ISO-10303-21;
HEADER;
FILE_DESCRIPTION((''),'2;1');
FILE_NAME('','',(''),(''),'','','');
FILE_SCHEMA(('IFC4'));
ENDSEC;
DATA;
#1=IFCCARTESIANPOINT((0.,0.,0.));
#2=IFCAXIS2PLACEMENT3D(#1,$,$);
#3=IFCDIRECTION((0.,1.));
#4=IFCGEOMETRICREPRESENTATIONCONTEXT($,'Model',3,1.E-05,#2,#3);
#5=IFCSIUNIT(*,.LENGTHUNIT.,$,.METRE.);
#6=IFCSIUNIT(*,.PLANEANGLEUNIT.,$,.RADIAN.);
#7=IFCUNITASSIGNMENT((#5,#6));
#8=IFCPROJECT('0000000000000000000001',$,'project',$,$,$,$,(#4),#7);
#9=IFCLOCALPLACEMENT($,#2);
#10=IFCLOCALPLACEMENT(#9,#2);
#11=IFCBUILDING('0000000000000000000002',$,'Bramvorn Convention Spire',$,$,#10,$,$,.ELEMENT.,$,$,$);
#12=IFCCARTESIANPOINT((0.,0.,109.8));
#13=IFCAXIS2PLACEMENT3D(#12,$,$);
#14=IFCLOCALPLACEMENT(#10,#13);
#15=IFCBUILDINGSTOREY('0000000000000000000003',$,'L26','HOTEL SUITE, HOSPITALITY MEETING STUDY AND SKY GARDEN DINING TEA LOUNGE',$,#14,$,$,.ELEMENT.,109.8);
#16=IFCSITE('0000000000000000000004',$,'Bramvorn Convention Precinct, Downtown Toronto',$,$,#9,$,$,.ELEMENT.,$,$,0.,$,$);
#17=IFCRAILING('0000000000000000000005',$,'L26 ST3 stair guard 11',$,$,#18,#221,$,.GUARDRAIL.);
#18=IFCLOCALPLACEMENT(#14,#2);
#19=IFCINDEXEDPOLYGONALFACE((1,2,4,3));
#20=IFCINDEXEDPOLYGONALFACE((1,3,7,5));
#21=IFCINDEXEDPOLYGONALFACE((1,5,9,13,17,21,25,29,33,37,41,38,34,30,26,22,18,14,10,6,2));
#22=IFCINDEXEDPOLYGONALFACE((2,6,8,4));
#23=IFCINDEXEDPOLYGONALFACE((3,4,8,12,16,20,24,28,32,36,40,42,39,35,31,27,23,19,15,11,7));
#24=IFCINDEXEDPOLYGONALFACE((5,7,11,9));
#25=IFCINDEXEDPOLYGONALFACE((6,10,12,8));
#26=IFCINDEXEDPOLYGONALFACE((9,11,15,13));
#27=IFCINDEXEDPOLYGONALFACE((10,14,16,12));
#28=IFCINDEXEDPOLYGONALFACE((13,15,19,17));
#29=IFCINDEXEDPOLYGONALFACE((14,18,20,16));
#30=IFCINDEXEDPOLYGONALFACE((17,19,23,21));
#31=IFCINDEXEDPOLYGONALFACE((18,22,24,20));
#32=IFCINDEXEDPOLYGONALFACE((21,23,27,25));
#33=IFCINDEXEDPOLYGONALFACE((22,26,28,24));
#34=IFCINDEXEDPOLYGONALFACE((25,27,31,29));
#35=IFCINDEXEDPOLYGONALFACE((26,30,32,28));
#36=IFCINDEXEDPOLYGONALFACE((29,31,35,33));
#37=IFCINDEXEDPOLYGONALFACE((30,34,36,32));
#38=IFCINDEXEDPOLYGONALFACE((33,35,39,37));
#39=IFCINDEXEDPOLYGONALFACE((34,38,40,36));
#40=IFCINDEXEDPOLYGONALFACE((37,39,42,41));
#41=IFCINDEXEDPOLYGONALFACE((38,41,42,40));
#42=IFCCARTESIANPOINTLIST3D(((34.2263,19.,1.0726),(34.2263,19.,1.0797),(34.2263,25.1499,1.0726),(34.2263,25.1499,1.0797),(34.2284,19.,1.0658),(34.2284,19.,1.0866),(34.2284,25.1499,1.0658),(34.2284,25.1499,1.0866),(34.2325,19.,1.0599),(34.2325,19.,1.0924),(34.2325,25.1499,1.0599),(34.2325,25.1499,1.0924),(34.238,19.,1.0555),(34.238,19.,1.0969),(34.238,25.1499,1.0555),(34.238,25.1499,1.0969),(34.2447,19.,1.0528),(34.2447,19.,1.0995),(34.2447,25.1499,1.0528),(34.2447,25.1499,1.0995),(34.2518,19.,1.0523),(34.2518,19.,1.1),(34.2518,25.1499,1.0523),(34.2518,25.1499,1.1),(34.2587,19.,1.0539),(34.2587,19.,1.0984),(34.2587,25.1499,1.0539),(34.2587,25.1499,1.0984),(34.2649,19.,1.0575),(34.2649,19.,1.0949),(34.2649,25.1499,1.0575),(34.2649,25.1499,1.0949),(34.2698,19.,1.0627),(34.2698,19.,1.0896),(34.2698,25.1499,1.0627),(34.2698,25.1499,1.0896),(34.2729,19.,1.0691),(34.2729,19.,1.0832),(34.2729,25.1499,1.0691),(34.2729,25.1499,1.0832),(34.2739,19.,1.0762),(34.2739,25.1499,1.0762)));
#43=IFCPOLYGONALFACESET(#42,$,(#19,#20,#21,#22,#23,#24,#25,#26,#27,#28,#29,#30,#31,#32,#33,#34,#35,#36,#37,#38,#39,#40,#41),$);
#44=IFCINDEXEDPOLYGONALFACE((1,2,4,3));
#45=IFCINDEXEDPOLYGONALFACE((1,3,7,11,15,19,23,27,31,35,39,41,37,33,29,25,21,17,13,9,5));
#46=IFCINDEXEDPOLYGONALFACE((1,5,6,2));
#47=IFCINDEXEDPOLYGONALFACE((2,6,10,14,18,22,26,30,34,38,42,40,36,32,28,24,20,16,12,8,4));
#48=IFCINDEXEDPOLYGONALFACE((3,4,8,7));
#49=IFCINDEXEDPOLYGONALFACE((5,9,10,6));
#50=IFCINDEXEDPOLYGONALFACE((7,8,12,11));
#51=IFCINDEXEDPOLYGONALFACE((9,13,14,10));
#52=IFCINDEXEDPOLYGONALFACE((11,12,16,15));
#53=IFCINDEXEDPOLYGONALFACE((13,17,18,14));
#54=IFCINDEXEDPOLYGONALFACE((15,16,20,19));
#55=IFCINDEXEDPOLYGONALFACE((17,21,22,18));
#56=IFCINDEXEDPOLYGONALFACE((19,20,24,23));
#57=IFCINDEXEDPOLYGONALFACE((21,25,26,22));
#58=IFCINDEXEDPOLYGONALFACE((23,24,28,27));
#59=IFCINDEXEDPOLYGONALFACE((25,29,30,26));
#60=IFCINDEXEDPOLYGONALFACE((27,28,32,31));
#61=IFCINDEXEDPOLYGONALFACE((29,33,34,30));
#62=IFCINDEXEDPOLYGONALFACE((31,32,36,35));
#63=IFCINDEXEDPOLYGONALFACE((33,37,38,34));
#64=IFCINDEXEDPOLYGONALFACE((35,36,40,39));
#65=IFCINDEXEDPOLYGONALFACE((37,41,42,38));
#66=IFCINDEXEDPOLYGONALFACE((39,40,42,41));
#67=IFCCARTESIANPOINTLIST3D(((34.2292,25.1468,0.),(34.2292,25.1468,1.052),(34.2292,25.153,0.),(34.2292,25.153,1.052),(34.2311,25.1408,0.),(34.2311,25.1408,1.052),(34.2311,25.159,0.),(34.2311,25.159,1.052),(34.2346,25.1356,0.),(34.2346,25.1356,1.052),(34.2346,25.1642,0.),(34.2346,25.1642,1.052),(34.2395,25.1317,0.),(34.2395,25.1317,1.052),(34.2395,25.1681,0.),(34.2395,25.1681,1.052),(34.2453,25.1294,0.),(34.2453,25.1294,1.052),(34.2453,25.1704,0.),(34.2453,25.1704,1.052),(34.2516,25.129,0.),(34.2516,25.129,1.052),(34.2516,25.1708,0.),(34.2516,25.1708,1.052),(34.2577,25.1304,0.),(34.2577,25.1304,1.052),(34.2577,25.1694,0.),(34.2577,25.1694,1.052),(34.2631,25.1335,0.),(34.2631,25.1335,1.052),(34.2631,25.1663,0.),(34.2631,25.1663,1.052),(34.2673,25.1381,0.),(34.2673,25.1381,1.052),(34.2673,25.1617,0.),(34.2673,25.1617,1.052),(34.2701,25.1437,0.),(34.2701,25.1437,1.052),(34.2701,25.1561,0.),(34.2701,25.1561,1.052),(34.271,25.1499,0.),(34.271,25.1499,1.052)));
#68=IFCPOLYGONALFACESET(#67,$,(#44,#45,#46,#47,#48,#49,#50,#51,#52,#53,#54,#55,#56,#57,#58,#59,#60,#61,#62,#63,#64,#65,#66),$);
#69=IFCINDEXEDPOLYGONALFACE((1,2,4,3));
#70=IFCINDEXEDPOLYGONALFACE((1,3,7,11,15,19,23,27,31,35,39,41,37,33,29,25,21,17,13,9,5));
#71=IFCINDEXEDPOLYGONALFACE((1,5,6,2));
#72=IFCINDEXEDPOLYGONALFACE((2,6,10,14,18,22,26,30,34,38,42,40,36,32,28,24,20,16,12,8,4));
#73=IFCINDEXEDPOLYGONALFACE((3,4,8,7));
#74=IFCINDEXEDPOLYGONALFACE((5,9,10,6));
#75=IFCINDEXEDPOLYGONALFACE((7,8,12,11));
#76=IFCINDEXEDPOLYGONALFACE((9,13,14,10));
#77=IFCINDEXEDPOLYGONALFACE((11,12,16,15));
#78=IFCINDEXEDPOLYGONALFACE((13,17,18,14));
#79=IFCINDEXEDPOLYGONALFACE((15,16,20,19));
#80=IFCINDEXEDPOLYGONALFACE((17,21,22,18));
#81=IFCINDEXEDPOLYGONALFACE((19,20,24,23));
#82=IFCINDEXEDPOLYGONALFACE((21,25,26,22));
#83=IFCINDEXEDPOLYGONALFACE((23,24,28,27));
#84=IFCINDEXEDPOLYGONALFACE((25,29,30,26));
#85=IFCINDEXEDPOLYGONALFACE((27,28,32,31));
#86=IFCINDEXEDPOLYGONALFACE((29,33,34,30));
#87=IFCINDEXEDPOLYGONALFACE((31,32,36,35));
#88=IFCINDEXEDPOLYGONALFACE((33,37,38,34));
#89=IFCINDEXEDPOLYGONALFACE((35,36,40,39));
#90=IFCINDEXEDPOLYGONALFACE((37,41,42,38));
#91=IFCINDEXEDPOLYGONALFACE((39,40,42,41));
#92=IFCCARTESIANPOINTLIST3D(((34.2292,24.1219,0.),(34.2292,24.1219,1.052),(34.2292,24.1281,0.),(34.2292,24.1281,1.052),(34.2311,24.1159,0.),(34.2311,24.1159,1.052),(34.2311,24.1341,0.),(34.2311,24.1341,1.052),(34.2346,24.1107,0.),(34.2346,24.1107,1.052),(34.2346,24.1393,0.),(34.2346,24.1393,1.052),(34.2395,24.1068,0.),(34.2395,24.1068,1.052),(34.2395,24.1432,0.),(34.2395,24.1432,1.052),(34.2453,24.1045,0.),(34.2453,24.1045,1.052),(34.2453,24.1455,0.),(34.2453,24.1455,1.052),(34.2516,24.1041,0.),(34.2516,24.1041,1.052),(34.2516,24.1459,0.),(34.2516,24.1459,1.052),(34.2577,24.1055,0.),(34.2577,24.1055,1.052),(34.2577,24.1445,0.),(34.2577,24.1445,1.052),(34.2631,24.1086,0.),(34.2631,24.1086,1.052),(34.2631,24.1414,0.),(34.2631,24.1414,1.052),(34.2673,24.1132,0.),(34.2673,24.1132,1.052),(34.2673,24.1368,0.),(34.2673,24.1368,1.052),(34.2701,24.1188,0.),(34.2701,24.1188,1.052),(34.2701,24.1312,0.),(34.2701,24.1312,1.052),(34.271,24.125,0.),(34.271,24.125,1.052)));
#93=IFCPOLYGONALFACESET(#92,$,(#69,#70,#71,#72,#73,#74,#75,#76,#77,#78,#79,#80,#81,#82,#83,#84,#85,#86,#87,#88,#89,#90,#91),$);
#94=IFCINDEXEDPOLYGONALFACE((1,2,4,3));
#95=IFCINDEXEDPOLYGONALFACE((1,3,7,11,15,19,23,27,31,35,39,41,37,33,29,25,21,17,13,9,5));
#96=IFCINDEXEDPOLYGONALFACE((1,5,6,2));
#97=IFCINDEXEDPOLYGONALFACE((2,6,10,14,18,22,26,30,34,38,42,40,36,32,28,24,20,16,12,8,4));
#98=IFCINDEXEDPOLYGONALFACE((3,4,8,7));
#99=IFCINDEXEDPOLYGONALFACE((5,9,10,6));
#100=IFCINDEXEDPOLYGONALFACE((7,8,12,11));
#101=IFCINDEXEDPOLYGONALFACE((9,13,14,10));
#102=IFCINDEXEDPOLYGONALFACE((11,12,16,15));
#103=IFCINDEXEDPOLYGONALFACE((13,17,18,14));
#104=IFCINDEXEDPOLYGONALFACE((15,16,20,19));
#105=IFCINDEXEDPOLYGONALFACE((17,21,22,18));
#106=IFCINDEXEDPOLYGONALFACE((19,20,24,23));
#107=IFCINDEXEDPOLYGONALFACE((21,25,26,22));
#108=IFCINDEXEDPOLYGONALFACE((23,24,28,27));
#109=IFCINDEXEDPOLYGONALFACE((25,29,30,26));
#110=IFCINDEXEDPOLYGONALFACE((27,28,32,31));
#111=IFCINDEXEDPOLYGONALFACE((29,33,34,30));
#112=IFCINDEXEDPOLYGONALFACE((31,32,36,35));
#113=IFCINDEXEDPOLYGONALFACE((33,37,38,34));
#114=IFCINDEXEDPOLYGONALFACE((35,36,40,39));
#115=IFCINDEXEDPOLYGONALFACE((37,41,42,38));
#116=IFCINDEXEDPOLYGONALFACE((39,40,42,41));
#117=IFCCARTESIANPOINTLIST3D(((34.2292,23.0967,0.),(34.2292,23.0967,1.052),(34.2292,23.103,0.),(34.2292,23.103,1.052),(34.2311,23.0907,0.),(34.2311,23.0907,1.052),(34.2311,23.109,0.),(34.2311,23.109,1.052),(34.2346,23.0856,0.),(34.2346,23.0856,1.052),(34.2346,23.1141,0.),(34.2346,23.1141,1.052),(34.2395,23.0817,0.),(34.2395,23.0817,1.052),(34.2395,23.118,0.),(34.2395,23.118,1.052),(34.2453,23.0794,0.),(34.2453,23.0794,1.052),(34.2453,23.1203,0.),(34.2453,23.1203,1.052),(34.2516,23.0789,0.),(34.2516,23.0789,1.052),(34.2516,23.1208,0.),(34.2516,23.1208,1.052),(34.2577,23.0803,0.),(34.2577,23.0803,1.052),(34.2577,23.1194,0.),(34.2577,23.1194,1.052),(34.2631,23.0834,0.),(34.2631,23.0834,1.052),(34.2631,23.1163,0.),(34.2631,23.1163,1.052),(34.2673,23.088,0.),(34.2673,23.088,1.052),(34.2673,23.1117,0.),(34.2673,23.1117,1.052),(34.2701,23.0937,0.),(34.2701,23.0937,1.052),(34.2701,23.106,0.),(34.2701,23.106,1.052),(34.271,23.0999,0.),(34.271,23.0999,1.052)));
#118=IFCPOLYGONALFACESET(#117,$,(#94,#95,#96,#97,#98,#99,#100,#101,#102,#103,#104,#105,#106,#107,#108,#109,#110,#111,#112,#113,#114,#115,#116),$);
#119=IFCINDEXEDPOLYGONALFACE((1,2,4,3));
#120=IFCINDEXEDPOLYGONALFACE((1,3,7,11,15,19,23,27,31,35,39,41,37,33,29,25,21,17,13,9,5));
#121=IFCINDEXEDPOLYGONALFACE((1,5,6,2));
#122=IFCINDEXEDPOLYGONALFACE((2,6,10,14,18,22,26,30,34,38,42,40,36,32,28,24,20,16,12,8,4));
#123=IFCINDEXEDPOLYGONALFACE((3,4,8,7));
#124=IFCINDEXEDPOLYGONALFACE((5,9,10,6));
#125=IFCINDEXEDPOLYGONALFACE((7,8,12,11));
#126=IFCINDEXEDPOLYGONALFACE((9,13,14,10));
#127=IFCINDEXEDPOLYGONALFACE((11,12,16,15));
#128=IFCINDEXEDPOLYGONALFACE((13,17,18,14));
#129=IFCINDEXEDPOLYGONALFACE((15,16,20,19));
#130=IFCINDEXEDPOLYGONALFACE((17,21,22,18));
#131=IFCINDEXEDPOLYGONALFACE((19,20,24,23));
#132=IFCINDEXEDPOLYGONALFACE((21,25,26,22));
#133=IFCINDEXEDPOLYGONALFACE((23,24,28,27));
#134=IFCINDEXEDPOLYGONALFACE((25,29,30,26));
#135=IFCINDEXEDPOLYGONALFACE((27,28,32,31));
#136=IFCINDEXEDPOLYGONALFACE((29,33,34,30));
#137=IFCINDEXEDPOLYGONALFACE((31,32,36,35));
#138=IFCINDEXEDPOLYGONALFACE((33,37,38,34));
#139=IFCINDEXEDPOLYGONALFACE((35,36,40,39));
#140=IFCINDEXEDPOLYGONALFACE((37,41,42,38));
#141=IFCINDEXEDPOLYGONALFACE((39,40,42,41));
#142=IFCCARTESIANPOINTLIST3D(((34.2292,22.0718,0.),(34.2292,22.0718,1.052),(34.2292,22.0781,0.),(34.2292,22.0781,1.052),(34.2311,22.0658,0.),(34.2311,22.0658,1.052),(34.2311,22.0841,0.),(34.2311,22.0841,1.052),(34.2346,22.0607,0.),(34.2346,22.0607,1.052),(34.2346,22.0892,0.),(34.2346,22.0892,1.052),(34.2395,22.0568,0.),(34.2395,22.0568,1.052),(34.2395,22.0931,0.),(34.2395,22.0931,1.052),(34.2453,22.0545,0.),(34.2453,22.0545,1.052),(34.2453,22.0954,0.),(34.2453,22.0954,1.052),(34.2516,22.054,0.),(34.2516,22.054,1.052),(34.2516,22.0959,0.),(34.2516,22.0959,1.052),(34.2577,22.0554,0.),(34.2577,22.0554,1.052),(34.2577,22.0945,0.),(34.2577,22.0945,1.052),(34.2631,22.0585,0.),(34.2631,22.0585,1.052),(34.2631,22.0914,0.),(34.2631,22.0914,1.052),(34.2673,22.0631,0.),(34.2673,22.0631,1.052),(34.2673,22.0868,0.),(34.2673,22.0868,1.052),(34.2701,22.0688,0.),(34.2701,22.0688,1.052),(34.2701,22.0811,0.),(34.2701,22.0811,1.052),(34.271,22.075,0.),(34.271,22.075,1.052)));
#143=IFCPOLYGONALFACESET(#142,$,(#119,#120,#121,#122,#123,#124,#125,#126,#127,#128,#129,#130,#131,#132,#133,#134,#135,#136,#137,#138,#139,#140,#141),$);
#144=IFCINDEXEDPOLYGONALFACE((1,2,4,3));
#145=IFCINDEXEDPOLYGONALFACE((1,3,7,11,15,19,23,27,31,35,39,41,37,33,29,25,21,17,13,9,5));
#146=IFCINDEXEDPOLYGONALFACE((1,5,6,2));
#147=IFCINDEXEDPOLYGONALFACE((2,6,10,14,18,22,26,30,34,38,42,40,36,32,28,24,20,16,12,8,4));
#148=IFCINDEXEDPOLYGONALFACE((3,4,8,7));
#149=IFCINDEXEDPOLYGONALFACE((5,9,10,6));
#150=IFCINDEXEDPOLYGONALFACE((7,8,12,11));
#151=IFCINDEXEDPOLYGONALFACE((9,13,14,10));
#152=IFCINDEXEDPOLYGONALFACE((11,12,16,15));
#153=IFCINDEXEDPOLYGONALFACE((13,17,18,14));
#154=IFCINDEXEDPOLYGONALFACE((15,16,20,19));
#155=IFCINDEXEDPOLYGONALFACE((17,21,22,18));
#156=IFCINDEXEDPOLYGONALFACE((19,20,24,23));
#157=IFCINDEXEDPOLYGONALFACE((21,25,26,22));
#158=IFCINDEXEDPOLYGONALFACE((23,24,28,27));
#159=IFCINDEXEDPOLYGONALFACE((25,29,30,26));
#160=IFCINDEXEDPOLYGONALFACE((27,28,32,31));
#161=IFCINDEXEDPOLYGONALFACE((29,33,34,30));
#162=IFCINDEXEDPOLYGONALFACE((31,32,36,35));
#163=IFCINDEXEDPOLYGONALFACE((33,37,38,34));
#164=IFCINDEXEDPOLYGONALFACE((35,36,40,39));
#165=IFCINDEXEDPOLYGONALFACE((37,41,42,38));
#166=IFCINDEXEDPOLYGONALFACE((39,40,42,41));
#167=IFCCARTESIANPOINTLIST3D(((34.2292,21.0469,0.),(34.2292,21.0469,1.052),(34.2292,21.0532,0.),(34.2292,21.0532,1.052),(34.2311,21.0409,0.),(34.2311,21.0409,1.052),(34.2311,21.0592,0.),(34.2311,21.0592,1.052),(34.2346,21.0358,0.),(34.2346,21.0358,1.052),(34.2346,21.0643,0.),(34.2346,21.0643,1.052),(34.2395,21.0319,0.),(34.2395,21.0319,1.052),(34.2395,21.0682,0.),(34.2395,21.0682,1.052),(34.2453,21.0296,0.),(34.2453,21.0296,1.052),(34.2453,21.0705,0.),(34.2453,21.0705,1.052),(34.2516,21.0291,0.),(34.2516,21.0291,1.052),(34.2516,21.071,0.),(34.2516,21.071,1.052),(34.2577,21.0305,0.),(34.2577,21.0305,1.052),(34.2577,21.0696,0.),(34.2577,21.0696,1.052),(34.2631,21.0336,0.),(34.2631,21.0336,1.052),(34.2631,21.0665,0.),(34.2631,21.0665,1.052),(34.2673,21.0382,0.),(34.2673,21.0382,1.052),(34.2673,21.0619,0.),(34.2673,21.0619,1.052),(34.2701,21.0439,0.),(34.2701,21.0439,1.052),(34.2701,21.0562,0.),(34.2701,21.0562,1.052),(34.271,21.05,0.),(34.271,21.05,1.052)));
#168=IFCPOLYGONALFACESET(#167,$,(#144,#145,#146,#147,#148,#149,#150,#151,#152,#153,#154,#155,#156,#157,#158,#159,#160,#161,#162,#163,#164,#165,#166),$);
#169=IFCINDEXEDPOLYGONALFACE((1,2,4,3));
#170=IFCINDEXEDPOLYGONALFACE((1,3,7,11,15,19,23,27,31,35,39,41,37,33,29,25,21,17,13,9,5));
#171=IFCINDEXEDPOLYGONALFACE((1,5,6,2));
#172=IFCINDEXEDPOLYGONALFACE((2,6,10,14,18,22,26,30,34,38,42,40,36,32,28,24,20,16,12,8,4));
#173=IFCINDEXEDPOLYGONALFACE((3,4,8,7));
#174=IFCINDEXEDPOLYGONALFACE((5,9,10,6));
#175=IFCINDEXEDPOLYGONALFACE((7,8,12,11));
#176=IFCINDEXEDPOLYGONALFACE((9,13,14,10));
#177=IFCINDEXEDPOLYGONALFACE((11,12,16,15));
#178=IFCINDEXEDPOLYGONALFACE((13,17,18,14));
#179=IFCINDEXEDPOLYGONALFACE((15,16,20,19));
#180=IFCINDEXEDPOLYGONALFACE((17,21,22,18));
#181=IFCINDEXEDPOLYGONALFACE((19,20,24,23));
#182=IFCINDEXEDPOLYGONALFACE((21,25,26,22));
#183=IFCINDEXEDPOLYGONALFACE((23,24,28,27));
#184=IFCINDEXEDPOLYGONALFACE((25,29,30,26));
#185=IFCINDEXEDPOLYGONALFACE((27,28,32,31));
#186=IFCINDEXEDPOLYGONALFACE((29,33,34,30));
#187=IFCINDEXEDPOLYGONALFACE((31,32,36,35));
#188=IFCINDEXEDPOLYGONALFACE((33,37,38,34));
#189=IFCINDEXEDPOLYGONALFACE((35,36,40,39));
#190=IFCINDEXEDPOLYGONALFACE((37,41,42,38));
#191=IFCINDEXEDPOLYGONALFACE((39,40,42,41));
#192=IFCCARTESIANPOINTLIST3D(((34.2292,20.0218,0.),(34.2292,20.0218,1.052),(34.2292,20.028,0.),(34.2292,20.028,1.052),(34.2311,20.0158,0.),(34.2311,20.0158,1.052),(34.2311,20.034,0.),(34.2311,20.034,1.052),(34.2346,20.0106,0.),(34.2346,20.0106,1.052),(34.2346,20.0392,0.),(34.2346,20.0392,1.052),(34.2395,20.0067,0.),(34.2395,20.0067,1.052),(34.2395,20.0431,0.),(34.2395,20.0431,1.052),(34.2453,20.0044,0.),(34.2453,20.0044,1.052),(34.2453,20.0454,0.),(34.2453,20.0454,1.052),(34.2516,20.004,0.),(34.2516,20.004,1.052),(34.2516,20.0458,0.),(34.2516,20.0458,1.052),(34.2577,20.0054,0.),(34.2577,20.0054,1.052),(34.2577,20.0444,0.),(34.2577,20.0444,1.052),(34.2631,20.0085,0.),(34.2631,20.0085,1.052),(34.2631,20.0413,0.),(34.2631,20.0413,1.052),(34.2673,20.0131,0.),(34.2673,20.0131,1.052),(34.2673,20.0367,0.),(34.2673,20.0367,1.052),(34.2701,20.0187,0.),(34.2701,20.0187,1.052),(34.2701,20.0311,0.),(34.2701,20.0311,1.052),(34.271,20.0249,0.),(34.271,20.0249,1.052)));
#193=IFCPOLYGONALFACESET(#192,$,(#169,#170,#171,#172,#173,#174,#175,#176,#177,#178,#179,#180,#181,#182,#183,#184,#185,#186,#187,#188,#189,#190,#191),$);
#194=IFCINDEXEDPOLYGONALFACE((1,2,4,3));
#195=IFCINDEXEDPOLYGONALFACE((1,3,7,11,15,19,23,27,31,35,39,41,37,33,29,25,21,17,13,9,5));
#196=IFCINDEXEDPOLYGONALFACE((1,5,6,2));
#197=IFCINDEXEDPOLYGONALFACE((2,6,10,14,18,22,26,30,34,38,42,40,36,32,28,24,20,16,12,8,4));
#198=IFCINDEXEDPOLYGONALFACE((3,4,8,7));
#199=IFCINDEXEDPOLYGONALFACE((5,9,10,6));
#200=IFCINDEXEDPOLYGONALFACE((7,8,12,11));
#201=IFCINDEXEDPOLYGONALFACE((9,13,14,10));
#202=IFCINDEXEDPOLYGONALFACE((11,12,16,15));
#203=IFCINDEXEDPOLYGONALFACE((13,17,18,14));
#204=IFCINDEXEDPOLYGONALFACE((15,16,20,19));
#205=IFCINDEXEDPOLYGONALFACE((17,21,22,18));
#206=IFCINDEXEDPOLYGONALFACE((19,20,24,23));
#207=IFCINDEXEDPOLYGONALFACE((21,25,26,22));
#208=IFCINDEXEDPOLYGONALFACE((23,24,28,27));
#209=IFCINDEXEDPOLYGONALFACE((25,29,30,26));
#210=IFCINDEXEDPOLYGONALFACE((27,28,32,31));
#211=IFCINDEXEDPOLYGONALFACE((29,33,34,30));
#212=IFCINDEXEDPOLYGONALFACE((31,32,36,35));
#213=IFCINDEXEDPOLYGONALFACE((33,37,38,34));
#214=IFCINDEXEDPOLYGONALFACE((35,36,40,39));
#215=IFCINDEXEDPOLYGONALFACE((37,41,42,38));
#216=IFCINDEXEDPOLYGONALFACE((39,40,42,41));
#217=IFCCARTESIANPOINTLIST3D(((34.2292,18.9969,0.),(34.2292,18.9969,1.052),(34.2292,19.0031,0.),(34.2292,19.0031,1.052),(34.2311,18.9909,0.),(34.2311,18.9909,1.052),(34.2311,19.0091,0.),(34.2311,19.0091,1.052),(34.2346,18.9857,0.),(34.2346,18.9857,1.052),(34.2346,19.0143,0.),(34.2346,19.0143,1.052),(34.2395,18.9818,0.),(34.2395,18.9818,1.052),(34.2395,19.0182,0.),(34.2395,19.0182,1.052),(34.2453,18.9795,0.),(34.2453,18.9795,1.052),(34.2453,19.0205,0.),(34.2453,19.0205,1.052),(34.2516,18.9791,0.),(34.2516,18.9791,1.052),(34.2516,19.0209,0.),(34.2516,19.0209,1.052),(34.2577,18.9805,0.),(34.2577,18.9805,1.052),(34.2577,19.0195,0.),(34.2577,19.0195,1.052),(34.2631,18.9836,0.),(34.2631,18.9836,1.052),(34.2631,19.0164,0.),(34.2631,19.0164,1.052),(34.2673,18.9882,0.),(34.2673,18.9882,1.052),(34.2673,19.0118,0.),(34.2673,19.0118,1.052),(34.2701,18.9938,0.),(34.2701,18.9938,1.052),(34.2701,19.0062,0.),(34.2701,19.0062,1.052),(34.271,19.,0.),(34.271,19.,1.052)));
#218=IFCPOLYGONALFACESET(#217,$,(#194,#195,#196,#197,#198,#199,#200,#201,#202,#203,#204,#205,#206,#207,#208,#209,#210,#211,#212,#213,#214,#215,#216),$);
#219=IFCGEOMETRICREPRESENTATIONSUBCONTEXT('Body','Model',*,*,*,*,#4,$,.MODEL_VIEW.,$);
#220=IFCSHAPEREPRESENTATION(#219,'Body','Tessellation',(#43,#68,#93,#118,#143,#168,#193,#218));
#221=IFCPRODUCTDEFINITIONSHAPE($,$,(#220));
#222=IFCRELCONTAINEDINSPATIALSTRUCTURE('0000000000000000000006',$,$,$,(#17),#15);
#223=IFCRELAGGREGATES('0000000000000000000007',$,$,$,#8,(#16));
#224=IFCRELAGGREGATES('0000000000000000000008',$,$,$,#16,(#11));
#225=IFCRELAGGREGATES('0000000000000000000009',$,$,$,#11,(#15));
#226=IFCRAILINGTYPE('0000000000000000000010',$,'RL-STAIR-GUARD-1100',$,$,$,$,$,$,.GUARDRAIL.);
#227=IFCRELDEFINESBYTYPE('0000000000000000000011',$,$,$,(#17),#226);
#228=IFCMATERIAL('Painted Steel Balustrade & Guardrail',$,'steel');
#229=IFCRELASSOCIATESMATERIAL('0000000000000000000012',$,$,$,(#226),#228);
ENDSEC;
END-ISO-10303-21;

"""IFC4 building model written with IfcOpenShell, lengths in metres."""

from ifc_helpers import new_model, si_unit, direction, frame, origin, origin_2d, place, context, subcontext, project, spatial, circle, extrude, material, type_object, element, save


model = new_model("IFC4")

# Units and contexts
model_context = context("Model", 3, precision=1e-05, world=origin(), true_north=direction((0.0, 1.0)))
body_context = subcontext(model_context, "Body", "Model", "MODEL_VIEW")
ifc_project = project(units=[si_unit("LENGTHUNIT", "METRE"), si_unit("PLANEANGLEUNIT", "RADIAN")], contexts=[model_context])

# Site, building, storey
site_placement = place(None, origin())
site = spatial("IfcSite", under=ifc_project, at=site_placement, Name="Bramvorn Convention Precinct, Downtown Toronto", CompositionType="ELEMENT", RefElevation=0.0)
building_placement = place(site_placement, origin())
building = spatial("IfcBuilding", under=site, at=building_placement, Name="Bramvorn Convention Spire", CompositionType="ELEMENT")
storey_placement = place(building_placement, frame((0.0, 0.0, 109.8)))
storey = spatial("IfcBuildingStorey", under=building, at=storey_placement, Name="L26", Description="HOTEL SUITE, HOSPITALITY MEETING STUDY AND SKY GARDEN DINING TEA LOUNGE", CompositionType="ELEMENT", Elevation=109.8)

# Railing
ifc_material_1 = material(Name="Painted Steel Balustrade & Guardrail", Category="steel")
railing_type = type_object("IfcRailingType", Name="RL-STAIR-GUARD-1100", PredefinedType="GUARDRAIL", material=ifc_material_1)
railing_1_placement = place(storey_placement, frame((34.25, 25.1499, 0.0)))
element("IfcRailing", 1, at=railing_1_placement, inside=storey, type_object=railing_type, Name="L26 ST3 stair guard 11", PredefinedType="GUARDRAIL", context=body_context, shape_type="SweptSolid", body=[
    extrude(circle(Radius=0.0239, at=origin_2d()), frame((0.0, 0.0, 1.0762), z_axis=(0.0, -1.0, 0.0), x_axis=(1.0, 0.0, 0.0)), (0.0, 0.0, 1.0), 6.1499),
    extrude(circle(Radius=0.021, at=origin_2d()), origin(), (0.0, 0.0, 1.0), 1.052),
    extrude(circle(Radius=0.021, at=origin_2d()), frame((0.0, -1.0249, 0.0)), (0.0, 0.0, 1.0), 1.052),
    extrude(circle(Radius=0.021, at=origin_2d()), frame((0.0, -2.05, 0.0)), (0.0, 0.0, 1.0), 1.052),
    extrude(circle(Radius=0.021, at=origin_2d()), frame((0.0, -3.075, 0.0)), (0.0, 0.0, 1.0), 1.052),
    extrude(circle(Radius=0.021, at=origin_2d()), frame((0.0, -4.0999, 0.0)), (0.0, 0.0, 1.0), 1.052),
    extrude(circle(Radius=0.021, at=origin_2d()), frame((0.0, -5.125, 0.0)), (0.0, 0.0, 1.0), 1.052),
    extrude(circle(Radius=0.021, at=origin_2d()), frame((0.0, -6.1499, 0.0)), (0.0, 0.0, 1.0), 1.052),
])

save(model, "model.ifc")
